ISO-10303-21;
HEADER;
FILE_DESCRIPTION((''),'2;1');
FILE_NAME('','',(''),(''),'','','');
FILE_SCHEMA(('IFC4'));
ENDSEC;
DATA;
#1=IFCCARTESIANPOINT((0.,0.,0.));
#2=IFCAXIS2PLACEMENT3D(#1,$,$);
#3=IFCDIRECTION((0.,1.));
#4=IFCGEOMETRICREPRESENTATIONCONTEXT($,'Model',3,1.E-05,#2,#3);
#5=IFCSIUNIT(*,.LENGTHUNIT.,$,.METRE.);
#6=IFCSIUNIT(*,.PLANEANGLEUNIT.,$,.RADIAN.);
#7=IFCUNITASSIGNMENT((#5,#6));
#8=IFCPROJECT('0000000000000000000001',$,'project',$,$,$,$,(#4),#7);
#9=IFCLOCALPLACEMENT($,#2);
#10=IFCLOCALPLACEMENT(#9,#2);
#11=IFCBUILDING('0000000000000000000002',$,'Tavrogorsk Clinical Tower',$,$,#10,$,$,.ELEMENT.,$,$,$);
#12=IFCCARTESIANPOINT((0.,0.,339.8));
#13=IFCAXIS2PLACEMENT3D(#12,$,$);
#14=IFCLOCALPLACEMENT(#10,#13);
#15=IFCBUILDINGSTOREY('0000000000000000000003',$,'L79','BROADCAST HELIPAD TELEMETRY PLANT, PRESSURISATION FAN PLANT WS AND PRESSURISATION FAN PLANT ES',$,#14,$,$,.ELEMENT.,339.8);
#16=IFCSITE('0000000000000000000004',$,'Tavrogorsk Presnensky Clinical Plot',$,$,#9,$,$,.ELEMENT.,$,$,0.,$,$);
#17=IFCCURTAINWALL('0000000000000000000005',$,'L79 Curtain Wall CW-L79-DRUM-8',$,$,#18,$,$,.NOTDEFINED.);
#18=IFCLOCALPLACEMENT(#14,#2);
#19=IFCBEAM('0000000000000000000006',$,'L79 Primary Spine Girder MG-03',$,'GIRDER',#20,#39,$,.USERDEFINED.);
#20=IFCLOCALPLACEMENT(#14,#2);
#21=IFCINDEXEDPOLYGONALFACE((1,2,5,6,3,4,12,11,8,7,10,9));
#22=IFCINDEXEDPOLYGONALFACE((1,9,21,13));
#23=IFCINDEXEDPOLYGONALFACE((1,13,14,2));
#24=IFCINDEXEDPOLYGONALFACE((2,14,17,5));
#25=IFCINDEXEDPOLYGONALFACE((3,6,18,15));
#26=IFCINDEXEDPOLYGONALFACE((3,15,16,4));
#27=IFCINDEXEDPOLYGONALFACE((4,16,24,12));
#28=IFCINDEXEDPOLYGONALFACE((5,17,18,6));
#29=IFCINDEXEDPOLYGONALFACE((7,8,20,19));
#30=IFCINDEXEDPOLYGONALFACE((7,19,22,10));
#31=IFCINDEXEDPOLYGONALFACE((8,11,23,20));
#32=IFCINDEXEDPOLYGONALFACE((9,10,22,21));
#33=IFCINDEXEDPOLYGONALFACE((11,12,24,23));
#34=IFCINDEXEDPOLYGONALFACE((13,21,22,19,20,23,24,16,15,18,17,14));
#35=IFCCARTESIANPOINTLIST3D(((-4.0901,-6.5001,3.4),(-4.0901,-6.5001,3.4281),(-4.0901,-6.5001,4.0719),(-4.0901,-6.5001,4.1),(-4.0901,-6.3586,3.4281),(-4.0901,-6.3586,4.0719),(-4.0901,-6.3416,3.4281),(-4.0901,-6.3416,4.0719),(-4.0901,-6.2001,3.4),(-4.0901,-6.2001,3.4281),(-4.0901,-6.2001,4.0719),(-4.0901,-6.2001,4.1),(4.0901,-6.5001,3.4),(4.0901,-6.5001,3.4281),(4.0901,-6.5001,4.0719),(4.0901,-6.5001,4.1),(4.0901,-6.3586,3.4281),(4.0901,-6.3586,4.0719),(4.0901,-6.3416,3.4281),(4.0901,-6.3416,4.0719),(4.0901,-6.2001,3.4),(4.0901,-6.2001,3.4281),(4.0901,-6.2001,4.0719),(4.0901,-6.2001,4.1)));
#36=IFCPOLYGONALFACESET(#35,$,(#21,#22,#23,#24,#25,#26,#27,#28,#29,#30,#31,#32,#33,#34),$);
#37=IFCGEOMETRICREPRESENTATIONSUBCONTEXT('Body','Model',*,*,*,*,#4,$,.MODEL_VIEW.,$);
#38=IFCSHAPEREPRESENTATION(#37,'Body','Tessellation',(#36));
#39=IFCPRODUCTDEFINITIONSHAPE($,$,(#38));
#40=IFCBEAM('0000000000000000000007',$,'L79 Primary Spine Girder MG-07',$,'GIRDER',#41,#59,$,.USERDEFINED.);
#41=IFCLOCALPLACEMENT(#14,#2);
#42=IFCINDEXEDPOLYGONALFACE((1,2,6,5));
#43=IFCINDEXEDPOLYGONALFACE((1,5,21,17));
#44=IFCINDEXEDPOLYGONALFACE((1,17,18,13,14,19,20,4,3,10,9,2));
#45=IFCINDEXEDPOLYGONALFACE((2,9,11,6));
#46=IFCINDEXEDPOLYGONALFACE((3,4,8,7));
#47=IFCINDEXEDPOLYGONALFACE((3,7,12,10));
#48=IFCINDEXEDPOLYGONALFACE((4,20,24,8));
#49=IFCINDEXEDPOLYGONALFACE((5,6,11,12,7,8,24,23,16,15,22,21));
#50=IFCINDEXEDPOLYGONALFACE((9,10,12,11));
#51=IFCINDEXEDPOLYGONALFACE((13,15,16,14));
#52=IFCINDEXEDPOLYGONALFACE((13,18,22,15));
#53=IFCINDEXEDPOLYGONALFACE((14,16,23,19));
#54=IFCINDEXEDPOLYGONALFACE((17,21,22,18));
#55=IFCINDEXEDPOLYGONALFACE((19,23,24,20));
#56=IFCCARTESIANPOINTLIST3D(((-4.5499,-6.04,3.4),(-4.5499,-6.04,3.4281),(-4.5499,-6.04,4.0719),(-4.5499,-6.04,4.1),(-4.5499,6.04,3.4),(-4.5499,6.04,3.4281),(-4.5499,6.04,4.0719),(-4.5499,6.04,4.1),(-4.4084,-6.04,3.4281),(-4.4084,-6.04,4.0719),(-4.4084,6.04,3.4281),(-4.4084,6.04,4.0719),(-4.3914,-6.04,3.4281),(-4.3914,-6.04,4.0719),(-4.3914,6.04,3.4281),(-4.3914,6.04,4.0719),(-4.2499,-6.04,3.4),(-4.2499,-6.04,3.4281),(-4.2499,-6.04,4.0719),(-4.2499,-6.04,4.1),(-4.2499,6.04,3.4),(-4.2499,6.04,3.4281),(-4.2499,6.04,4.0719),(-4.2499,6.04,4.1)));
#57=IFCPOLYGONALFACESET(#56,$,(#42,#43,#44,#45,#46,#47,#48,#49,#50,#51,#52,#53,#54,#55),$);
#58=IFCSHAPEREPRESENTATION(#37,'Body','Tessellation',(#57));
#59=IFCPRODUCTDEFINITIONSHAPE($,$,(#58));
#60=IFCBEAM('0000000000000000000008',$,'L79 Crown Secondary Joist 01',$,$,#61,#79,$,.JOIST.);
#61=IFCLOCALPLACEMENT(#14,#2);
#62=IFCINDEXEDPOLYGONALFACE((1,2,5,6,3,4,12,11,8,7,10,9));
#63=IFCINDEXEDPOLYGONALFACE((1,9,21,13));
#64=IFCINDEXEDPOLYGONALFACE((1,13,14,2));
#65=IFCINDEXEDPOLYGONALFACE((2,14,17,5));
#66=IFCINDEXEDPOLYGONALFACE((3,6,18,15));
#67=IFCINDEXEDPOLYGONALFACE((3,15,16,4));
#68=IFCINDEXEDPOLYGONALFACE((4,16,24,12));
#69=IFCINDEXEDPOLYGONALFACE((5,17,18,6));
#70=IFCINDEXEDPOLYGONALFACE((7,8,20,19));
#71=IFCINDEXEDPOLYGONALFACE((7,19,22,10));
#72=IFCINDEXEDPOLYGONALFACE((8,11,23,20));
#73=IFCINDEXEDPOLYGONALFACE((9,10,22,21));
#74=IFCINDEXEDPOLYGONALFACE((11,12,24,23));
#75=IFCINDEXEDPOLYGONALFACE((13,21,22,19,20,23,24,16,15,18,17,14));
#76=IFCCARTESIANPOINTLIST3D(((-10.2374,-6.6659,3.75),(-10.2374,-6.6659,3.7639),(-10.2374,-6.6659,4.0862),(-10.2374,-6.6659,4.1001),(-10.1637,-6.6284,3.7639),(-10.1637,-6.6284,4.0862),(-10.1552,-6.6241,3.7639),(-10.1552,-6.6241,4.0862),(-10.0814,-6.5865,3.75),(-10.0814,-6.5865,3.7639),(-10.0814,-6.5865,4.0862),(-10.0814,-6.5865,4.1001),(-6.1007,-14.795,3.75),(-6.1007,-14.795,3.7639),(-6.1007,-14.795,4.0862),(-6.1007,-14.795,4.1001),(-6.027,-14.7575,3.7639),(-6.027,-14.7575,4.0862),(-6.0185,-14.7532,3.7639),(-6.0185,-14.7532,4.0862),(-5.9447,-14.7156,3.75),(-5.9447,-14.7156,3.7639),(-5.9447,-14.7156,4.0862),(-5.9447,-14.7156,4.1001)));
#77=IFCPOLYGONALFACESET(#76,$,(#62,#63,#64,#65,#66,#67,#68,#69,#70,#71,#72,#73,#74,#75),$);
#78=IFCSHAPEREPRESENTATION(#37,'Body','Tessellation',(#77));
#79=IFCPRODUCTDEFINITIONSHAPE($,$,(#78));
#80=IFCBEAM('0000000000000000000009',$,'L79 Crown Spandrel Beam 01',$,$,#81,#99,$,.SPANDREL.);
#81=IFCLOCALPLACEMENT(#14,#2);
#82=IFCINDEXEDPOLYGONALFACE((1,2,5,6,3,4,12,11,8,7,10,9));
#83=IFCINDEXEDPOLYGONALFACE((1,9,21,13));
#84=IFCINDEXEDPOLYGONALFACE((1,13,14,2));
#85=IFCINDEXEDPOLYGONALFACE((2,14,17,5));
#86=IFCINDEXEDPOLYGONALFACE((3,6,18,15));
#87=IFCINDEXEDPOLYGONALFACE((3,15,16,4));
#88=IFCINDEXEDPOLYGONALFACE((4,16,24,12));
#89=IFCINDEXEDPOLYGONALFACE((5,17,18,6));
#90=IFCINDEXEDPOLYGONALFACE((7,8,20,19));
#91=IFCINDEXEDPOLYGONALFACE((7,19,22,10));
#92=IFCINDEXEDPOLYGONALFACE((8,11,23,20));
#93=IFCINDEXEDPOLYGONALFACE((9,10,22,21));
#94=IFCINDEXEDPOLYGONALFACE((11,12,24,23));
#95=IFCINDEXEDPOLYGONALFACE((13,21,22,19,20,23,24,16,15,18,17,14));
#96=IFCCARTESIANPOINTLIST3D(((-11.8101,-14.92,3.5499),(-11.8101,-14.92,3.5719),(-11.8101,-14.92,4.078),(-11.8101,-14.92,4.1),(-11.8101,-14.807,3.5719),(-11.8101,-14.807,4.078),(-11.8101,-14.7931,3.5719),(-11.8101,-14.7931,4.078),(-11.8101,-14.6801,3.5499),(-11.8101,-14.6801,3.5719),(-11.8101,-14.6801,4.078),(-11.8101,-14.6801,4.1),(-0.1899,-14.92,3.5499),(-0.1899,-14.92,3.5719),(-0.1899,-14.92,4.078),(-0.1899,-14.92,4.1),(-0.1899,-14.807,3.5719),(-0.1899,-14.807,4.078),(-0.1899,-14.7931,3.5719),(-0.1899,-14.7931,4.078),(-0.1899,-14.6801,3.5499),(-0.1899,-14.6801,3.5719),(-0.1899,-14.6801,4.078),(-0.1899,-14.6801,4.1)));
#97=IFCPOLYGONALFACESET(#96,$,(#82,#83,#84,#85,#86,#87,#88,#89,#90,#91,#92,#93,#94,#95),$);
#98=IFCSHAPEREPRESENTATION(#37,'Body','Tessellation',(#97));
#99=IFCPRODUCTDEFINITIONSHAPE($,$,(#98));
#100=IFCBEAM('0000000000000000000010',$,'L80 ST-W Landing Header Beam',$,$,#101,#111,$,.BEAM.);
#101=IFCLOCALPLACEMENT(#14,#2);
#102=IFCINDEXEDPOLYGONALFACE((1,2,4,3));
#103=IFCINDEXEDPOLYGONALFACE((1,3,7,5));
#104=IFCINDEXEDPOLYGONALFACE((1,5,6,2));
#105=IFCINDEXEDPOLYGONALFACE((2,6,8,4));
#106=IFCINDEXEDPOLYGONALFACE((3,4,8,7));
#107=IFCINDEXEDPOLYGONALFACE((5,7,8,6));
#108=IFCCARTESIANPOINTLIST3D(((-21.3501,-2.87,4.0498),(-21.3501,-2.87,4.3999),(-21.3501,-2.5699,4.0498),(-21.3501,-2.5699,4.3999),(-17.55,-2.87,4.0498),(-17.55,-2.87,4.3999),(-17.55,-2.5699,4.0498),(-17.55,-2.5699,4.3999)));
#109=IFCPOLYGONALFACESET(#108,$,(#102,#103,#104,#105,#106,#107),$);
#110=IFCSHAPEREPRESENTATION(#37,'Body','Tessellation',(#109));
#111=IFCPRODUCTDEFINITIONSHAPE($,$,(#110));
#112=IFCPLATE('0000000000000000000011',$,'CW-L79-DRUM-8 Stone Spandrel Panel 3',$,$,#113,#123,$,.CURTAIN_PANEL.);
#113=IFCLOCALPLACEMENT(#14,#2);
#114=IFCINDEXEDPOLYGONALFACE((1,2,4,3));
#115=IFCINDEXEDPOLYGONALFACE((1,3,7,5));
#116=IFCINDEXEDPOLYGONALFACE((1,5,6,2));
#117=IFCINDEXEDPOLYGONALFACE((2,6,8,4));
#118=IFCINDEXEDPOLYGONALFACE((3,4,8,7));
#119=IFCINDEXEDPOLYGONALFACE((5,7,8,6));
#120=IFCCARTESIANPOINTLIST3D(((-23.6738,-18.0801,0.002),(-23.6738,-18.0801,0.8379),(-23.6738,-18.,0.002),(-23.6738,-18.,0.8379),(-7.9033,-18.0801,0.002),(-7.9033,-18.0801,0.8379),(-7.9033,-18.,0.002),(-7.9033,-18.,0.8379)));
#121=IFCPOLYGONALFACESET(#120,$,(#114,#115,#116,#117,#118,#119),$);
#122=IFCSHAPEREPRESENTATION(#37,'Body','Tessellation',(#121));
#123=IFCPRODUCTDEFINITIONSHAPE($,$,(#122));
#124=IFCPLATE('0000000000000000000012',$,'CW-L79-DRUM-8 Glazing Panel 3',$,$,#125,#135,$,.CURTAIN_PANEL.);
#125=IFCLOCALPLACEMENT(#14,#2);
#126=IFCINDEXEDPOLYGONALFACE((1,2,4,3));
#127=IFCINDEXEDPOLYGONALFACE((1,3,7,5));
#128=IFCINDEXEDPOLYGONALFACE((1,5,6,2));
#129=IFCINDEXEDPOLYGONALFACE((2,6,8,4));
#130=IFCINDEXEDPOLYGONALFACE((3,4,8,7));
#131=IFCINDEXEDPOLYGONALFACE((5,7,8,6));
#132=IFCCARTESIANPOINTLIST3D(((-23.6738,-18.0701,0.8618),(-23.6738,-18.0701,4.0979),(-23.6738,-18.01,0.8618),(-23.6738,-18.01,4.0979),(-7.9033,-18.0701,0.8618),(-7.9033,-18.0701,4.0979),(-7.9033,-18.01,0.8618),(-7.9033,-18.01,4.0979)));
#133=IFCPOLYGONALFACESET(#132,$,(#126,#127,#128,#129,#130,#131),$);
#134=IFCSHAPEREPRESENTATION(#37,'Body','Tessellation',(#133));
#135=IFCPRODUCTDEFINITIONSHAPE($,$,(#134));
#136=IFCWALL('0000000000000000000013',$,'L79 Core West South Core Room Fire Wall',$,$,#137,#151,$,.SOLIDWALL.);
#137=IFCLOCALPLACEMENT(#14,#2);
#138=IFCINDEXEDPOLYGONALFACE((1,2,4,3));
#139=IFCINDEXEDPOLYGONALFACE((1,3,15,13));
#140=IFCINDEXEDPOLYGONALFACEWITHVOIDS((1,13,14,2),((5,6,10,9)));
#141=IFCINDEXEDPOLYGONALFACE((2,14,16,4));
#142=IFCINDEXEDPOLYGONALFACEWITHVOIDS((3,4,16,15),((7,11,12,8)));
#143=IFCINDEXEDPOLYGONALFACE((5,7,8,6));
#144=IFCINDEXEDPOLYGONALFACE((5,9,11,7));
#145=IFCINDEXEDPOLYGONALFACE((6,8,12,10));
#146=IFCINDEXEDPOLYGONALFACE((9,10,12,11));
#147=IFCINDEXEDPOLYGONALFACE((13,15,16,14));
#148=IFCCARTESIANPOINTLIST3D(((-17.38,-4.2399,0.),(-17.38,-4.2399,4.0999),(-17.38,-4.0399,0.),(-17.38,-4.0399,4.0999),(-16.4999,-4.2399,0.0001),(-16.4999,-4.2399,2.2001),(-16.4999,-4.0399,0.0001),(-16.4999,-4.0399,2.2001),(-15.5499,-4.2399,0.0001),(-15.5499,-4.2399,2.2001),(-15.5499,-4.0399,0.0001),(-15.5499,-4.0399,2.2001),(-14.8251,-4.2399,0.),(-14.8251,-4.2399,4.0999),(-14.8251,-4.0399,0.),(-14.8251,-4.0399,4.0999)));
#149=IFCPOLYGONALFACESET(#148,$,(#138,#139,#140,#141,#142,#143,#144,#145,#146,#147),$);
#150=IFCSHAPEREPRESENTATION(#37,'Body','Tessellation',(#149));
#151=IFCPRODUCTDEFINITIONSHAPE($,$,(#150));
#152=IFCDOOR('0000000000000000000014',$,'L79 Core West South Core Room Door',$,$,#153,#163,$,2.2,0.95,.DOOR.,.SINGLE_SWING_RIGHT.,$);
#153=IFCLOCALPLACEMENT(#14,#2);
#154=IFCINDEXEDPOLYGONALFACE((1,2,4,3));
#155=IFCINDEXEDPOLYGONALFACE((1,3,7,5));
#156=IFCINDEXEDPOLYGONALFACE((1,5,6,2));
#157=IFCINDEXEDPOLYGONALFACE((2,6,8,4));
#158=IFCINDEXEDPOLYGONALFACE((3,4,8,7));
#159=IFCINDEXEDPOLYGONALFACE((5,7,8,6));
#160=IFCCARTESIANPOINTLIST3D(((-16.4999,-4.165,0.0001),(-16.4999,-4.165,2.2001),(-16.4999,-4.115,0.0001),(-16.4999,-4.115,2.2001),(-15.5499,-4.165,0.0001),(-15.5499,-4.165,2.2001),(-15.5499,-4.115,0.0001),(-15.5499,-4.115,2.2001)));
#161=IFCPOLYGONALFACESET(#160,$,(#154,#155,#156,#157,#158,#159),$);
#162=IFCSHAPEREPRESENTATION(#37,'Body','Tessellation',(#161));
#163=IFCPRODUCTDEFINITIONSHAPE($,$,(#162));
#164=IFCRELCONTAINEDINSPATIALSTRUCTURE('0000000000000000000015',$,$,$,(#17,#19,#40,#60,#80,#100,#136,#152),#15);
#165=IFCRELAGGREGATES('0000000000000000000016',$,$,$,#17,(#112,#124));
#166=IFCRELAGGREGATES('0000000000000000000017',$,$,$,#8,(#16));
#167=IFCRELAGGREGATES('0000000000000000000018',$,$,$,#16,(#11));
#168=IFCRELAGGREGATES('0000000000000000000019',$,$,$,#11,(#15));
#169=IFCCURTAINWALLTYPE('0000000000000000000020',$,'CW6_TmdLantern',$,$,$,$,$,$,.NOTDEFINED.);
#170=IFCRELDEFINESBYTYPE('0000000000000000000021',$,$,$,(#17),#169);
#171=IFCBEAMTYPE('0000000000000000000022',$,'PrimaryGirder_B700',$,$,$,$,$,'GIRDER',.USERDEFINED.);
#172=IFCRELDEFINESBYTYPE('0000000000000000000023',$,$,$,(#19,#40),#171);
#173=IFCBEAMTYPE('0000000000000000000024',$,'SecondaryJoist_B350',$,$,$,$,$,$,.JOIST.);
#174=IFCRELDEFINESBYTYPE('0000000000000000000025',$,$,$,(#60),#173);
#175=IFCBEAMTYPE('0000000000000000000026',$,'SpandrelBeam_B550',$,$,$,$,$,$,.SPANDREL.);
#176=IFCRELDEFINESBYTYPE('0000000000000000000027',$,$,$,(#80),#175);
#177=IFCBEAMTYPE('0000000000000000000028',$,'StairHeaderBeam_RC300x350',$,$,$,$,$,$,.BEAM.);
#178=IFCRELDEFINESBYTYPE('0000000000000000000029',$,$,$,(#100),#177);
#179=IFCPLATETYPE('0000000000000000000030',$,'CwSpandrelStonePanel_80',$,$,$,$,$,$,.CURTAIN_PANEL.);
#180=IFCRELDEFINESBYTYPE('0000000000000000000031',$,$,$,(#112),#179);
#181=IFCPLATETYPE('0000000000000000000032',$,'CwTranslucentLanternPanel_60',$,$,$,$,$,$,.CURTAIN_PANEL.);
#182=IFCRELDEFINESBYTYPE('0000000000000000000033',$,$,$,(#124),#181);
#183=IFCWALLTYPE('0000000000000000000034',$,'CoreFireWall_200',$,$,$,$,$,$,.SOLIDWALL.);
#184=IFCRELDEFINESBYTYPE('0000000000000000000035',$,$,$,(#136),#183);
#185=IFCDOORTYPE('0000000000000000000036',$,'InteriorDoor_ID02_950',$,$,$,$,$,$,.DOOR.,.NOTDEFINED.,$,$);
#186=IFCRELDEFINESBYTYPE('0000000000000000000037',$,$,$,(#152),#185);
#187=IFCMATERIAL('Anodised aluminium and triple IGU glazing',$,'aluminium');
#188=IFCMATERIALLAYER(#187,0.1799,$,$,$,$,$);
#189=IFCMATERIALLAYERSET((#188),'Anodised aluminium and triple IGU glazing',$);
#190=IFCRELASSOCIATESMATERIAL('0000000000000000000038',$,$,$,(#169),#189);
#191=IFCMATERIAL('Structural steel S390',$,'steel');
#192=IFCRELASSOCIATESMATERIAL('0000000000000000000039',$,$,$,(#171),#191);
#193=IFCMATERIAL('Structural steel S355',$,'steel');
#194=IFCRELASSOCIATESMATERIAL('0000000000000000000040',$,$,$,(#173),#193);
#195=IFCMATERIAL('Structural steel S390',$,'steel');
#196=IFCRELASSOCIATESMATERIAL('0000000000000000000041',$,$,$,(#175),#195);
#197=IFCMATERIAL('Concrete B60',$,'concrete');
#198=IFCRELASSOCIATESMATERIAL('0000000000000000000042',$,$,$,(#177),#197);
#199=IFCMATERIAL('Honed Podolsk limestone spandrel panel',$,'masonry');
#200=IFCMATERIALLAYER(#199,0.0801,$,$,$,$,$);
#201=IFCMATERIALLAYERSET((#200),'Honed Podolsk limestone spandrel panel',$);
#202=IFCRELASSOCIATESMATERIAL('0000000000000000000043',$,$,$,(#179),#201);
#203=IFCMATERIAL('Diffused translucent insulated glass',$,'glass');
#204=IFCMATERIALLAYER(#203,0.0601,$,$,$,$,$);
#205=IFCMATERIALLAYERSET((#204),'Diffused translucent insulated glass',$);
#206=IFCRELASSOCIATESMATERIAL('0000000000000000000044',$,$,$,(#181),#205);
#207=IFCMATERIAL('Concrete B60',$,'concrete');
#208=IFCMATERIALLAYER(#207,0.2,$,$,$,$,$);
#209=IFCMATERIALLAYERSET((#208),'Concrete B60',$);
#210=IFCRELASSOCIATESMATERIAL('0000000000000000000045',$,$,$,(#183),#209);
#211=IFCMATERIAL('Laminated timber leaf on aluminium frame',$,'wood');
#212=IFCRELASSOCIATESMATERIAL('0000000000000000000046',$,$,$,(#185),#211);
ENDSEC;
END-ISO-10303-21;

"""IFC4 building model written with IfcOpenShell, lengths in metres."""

from ifc_helpers import new_model, si_unit, direction, frame, frame_2d, origin, origin_2d, place, context, subcontext, project, spatial, rectangle, i_section, extrude, material, layer, layer_set, material_profile, profile_set, type_object, element, fill, aggregate, save


model = new_model("IFC4")

# Units and contexts
model_context = context("Model", 3, precision=1e-05, world=origin(), true_north=direction((0.0, 1.0)))
body_context = subcontext(model_context, "Body", "Model", "MODEL_VIEW")
ifc_project = project(units=[si_unit("LENGTHUNIT", "METRE"), si_unit("PLANEANGLEUNIT", "RADIAN")], contexts=[model_context])

# Site, building, storey
site_placement = place(None, origin())
site = spatial("IfcSite", under=ifc_project, at=site_placement, Name="Tavrogorsk Presnensky Clinical Plot", CompositionType="ELEMENT", RefElevation=0.0)
building_placement = place(site_placement, origin())
building = spatial("IfcBuilding", under=site, at=building_placement, Name="Tavrogorsk Clinical Tower", CompositionType="ELEMENT")
storey_placement = place(building_placement, frame((0.0, 0.0, 339.8)))
storey = spatial("IfcBuildingStorey", under=building, at=storey_placement, Name="L79", Description="BROADCAST HELIPAD TELEMETRY PLANT, PRESSURISATION FAN PLANT WS AND PRESSURISATION FAN PLANT ES", CompositionType="ELEMENT", Elevation=339.8)

# Curtain wall
ifc_material_1 = material(Name="Anodised aluminium and triple IGU glazing", Category="aluminium")
ifc_layer_1 = layer(ifc_material_1, 0.1799)
ifc_layer_set_1 = layer_set([ifc_layer_1], Name="Anodised aluminium and triple IGU glazing")
curtain_wall_type = type_object("IfcCurtainWallType", Name="CW6_TmdLantern", PredefinedType="NOTDEFINED", material=ifc_layer_set_1)
curtain_wall_placement = place(storey_placement, origin())
curtain_wall = element("IfcCurtainWall", 1, at=curtain_wall_placement, inside=storey, type_object=curtain_wall_type, Name="L79 Curtain Wall CW-L79-DRUM-8", PredefinedType="NOTDEFINED")

# Beams
ifc_material_2 = material(Name="Structural steel S390", Category="steel")
ifc_material_profile_1 = material_profile(ifc_material_2, i_section(OverallWidth=0.3, OverallDepth=0.7, WebThickness=0.0171, FlangeThickness=0.0281, at=origin_2d()), Name="B-700x300x17x28")
ifc_profile_set_1 = profile_set([ifc_material_profile_1], Name="Structural steel S390")
beam_type_1 = type_object("IfcBeamType", Name="PrimaryGirder_B700", ElementType="GIRDER", PredefinedType="USERDEFINED", material=ifc_profile_set_1)
beam_1_placement = place(storey_placement, frame((-4.0901, -6.3501, 3.75), z_axis=(1.0, 0.0, 0.0), x_axis=(0.0, 1.0, 0.0)))
element("IfcBeam", 2, at=beam_1_placement, inside=storey, type_object=beam_type_1, Name="L79 Primary Spine Girder MG-03", ObjectType="GIRDER", PredefinedType="USERDEFINED", context=body_context, shape_type="SweptSolid", body=[
    extrude(i_section(OverallWidth=0.3, OverallDepth=0.7, WebThickness=0.0171, FlangeThickness=0.0281, at=origin_2d()), origin(), (0.0, 0.0, 1.0), 8.1802),
])
beam_2_placement = place(storey_placement, frame((-4.3999, -6.04, 3.75), z_axis=(0.0, 1.0, 0.0), x_axis=(-1.0, 0.0, 0.0)))
element("IfcBeam", 3, at=beam_2_placement, inside=storey, type_object=beam_type_1, Name="L79 Primary Spine Girder MG-07", ObjectType="GIRDER", PredefinedType="USERDEFINED", context=body_context, shape_type="SweptSolid", body=[
    extrude(i_section(OverallWidth=0.3, OverallDepth=0.7, WebThickness=0.0171, FlangeThickness=0.0281, at=origin_2d()), origin(), (0.0, 0.0, 1.0), 12.0801),
])
ifc_material_3 = material(Name="Structural steel S355", Category="steel")
ifc_material_profile_2 = material_profile(ifc_material_3, i_section(OverallWidth=0.175, OverallDepth=0.3501, WebThickness=0.0095, FlangeThickness=0.0139, at=origin_2d()), Name="B-350x175x9.5x14")
ifc_profile_set_2 = profile_set([ifc_material_profile_2], Name="Structural steel S355")
beam_type_2 = type_object("IfcBeamType", Name="SecondaryJoist_B350", PredefinedType="JOIST", material=ifc_profile_set_2)
beam_3_placement = place(storey_placement, frame((-10.1594, -6.6262, 3.925), z_axis=(0.45353, -0.891241, 0.0), x_axis=(0.891241, 0.45353, 0.0)))
element("IfcBeam", 4, at=beam_3_placement, inside=storey, type_object=beam_type_2, Name="L79 Crown Secondary Joist 01", PredefinedType="JOIST", context=body_context, shape_type="SweptSolid", body=[
    extrude(i_section(OverallWidth=0.175, OverallDepth=0.3501, WebThickness=0.0095, FlangeThickness=0.0139, at=origin_2d()), origin(), (0.0, 0.0, 1.0), 9.1211),
])
ifc_material_4 = material(Name="Structural steel S390", Category="steel")
ifc_material_profile_3 = material_profile(ifc_material_4, i_section(OverallWidth=0.24, OverallDepth=0.55, WebThickness=0.0139, FlangeThickness=0.022, at=origin_2d()), Name="B-550x240x14x22")
ifc_profile_set_3 = profile_set([ifc_material_profile_3], Name="Structural steel S390")
beam_type_3 = type_object("IfcBeamType", Name="SpandrelBeam_B550", PredefinedType="SPANDREL", material=ifc_profile_set_3)
beam_4_placement = place(storey_placement, frame((-11.8101, -14.8, 3.825), z_axis=(1.0, 0.0, 0.0), x_axis=(0.0, 1.0, 0.0)))
element("IfcBeam", 5, at=beam_4_placement, inside=storey, type_object=beam_type_3, Name="L79 Crown Spandrel Beam 01", PredefinedType="SPANDREL", context=body_context, shape_type="SweptSolid", body=[
    extrude(i_section(OverallWidth=0.24, OverallDepth=0.55, WebThickness=0.0139, FlangeThickness=0.022, at=origin_2d()), origin(), (0.0, 0.0, 1.0), 11.6201),
])
ifc_material_5 = material(Name="Concrete B60", Category="concrete")
ifc_material_profile_4 = material_profile(ifc_material_5, rectangle(XDim=0.3, YDim=0.3501, at=origin_2d()), Name="RC-SHB-300x350")
ifc_profile_set_4 = profile_set([ifc_material_profile_4], Name="Concrete B60")
beam_type_4 = type_object("IfcBeamType", Name="StairHeaderBeam_RC300x350", PredefinedType="BEAM", material=ifc_profile_set_4)
beam_5_placement = place(storey_placement, frame((-21.3501, -2.72, 4.2249), z_axis=(1.0, 0.0, 0.0), x_axis=(0.0, 1.0, 0.0)))
element("IfcBeam", 6, at=beam_5_placement, inside=storey, type_object=beam_type_4, Name="L80 ST-W Landing Header Beam", PredefinedType="BEAM", context=body_context, shape_type="SweptSolid", body=[
    extrude(rectangle(XDim=0.3, YDim=0.3501, at=origin_2d()), origin(), (0.0, 0.0, 1.0), 3.8),
])

# Plates
ifc_material_6 = material(Name="Honed Podolsk limestone spandrel panel", Category="masonry")
ifc_layer_2 = layer(ifc_material_6, 0.0801)
ifc_layer_set_2 = layer_set([ifc_layer_2], Name="Honed Podolsk limestone spandrel panel")
plate_type_1 = type_object("IfcPlateType", Name="CwSpandrelStonePanel_80", PredefinedType="CURTAIN_PANEL", material=ifc_layer_set_2)
plate_1_placement = place(storey_placement, frame((-15.7886, -18.04, 0.002), z_axis=(0.0, 0.0, 1.0), x_axis=(-1.0, 0.0, 0.0)))
plate_1 = element("IfcPlate", 7, at=plate_1_placement, type_object=plate_type_1, Name="CW-L79-DRUM-8 Stone Spandrel Panel 3", PredefinedType="CURTAIN_PANEL", context=body_context, shape_type="SweptSolid", body=[
    extrude(rectangle(XDim=15.7705, YDim=0.0801, at=origin_2d()), origin(), (0.0, 0.0, 1.0), 0.8359),
])
ifc_material_7 = material(Name="Diffused translucent insulated glass", Category="glass")
ifc_layer_3 = layer(ifc_material_7, 0.0601)
ifc_layer_set_3 = layer_set([ifc_layer_3], Name="Diffused translucent insulated glass")
plate_type_2 = type_object("IfcPlateType", Name="CwTranslucentLanternPanel_60", PredefinedType="CURTAIN_PANEL", material=ifc_layer_set_3)
plate_2_placement = place(storey_placement, frame((-15.7886, -18.04, 0.8618), z_axis=(0.0, 0.0, 1.0), x_axis=(-1.0, 0.0, 0.0)))
plate_2 = element("IfcPlate", 8, at=plate_2_placement, type_object=plate_type_2, Name="CW-L79-DRUM-8 Glazing Panel 3", PredefinedType="CURTAIN_PANEL", context=body_context, shape_type="SweptSolid", body=[
    extrude(rectangle(XDim=15.7705, YDim=0.0601, at=origin_2d()), origin(), (0.0, 0.0, 1.0), 3.2361),
])
aggregate(curtain_wall, [plate_1, plate_2])

# Wall, opening, door
ifc_material_8 = material(Name="Concrete B60", Category="concrete")
ifc_layer_4 = layer(ifc_material_8, 0.2)
ifc_layer_set_4 = layer_set([ifc_layer_4], Name="Concrete B60")
wall_type_1 = type_object("IfcWallType", Name="CoreFireWall_200", PredefinedType="SOLIDWALL", material=ifc_layer_set_4)
wall_1_placement = place(storey_placement, frame((-17.3799, -4.1399, 0.0), z_axis=(0.0, 0.0, 1.0), x_axis=(1.0, 0.0, 0.0)))
wall_1 = element("IfcWall", 9, at=wall_1_placement, inside=storey, type_object=wall_type_1, Name="L79 Core West South Core Room Fire Wall", PredefinedType="SOLIDWALL", context=body_context, shape_type="SweptSolid", body=[
    extrude(rectangle(XDim=2.5549, YDim=0.2, at=frame_2d((1.2773, 0.0))), origin(), (0.0, 0.0, 1.0), 4.0999),
])
opening_1_placement = place(wall_1_placement, frame((0.8799, 0.0, 0.0)))
opening_1 = element("IfcOpeningElement", 10, at=opening_1_placement, cuts=wall_1, PredefinedType="OPENING", context=body_context, shape_type="SweptSolid", body=[
    extrude(rectangle(XDim=0.95, YDim=2.2, at=frame_2d((0.4751, 1.1001))), frame((0.0, 0.1099, 0.0), z_axis=(0.0, -1.0, 0.0), x_axis=(1.0, 0.0, 0.0)), (0.0, 0.0, 1.0), 0.22),
])
ifc_material_9 = material(Name="Laminated timber leaf on aluminium frame", Category="wood")
door_type_1 = type_object("IfcDoorType", Name="InteriorDoor_ID02_950", OperationType="NOTDEFINED", PredefinedType="DOOR", material=ifc_material_9)
door_1_placement = place(opening_1_placement, origin())
door_1 = element("IfcDoor", 11, at=door_1_placement, inside=storey, type_object=door_type_1, Name="L79 Core West South Core Room Door", OperationType="SINGLE_SWING_RIGHT", OverallHeight=2.2, OverallWidth=0.95, PredefinedType="DOOR", context=body_context, shape_type="SweptSolid", body=[
    extrude(rectangle(XDim=0.95, YDim=2.2, at=frame_2d((0.4751, 1.1001))), frame((0.0, 0.0249, 0.0), z_axis=(0.0, -1.0, 0.0), x_axis=(1.0, 0.0, 0.0)), (0.0, 0.0, 1.0), 0.05),
])
fill(opening_1, door_1)

save(model, "model.ifc")
